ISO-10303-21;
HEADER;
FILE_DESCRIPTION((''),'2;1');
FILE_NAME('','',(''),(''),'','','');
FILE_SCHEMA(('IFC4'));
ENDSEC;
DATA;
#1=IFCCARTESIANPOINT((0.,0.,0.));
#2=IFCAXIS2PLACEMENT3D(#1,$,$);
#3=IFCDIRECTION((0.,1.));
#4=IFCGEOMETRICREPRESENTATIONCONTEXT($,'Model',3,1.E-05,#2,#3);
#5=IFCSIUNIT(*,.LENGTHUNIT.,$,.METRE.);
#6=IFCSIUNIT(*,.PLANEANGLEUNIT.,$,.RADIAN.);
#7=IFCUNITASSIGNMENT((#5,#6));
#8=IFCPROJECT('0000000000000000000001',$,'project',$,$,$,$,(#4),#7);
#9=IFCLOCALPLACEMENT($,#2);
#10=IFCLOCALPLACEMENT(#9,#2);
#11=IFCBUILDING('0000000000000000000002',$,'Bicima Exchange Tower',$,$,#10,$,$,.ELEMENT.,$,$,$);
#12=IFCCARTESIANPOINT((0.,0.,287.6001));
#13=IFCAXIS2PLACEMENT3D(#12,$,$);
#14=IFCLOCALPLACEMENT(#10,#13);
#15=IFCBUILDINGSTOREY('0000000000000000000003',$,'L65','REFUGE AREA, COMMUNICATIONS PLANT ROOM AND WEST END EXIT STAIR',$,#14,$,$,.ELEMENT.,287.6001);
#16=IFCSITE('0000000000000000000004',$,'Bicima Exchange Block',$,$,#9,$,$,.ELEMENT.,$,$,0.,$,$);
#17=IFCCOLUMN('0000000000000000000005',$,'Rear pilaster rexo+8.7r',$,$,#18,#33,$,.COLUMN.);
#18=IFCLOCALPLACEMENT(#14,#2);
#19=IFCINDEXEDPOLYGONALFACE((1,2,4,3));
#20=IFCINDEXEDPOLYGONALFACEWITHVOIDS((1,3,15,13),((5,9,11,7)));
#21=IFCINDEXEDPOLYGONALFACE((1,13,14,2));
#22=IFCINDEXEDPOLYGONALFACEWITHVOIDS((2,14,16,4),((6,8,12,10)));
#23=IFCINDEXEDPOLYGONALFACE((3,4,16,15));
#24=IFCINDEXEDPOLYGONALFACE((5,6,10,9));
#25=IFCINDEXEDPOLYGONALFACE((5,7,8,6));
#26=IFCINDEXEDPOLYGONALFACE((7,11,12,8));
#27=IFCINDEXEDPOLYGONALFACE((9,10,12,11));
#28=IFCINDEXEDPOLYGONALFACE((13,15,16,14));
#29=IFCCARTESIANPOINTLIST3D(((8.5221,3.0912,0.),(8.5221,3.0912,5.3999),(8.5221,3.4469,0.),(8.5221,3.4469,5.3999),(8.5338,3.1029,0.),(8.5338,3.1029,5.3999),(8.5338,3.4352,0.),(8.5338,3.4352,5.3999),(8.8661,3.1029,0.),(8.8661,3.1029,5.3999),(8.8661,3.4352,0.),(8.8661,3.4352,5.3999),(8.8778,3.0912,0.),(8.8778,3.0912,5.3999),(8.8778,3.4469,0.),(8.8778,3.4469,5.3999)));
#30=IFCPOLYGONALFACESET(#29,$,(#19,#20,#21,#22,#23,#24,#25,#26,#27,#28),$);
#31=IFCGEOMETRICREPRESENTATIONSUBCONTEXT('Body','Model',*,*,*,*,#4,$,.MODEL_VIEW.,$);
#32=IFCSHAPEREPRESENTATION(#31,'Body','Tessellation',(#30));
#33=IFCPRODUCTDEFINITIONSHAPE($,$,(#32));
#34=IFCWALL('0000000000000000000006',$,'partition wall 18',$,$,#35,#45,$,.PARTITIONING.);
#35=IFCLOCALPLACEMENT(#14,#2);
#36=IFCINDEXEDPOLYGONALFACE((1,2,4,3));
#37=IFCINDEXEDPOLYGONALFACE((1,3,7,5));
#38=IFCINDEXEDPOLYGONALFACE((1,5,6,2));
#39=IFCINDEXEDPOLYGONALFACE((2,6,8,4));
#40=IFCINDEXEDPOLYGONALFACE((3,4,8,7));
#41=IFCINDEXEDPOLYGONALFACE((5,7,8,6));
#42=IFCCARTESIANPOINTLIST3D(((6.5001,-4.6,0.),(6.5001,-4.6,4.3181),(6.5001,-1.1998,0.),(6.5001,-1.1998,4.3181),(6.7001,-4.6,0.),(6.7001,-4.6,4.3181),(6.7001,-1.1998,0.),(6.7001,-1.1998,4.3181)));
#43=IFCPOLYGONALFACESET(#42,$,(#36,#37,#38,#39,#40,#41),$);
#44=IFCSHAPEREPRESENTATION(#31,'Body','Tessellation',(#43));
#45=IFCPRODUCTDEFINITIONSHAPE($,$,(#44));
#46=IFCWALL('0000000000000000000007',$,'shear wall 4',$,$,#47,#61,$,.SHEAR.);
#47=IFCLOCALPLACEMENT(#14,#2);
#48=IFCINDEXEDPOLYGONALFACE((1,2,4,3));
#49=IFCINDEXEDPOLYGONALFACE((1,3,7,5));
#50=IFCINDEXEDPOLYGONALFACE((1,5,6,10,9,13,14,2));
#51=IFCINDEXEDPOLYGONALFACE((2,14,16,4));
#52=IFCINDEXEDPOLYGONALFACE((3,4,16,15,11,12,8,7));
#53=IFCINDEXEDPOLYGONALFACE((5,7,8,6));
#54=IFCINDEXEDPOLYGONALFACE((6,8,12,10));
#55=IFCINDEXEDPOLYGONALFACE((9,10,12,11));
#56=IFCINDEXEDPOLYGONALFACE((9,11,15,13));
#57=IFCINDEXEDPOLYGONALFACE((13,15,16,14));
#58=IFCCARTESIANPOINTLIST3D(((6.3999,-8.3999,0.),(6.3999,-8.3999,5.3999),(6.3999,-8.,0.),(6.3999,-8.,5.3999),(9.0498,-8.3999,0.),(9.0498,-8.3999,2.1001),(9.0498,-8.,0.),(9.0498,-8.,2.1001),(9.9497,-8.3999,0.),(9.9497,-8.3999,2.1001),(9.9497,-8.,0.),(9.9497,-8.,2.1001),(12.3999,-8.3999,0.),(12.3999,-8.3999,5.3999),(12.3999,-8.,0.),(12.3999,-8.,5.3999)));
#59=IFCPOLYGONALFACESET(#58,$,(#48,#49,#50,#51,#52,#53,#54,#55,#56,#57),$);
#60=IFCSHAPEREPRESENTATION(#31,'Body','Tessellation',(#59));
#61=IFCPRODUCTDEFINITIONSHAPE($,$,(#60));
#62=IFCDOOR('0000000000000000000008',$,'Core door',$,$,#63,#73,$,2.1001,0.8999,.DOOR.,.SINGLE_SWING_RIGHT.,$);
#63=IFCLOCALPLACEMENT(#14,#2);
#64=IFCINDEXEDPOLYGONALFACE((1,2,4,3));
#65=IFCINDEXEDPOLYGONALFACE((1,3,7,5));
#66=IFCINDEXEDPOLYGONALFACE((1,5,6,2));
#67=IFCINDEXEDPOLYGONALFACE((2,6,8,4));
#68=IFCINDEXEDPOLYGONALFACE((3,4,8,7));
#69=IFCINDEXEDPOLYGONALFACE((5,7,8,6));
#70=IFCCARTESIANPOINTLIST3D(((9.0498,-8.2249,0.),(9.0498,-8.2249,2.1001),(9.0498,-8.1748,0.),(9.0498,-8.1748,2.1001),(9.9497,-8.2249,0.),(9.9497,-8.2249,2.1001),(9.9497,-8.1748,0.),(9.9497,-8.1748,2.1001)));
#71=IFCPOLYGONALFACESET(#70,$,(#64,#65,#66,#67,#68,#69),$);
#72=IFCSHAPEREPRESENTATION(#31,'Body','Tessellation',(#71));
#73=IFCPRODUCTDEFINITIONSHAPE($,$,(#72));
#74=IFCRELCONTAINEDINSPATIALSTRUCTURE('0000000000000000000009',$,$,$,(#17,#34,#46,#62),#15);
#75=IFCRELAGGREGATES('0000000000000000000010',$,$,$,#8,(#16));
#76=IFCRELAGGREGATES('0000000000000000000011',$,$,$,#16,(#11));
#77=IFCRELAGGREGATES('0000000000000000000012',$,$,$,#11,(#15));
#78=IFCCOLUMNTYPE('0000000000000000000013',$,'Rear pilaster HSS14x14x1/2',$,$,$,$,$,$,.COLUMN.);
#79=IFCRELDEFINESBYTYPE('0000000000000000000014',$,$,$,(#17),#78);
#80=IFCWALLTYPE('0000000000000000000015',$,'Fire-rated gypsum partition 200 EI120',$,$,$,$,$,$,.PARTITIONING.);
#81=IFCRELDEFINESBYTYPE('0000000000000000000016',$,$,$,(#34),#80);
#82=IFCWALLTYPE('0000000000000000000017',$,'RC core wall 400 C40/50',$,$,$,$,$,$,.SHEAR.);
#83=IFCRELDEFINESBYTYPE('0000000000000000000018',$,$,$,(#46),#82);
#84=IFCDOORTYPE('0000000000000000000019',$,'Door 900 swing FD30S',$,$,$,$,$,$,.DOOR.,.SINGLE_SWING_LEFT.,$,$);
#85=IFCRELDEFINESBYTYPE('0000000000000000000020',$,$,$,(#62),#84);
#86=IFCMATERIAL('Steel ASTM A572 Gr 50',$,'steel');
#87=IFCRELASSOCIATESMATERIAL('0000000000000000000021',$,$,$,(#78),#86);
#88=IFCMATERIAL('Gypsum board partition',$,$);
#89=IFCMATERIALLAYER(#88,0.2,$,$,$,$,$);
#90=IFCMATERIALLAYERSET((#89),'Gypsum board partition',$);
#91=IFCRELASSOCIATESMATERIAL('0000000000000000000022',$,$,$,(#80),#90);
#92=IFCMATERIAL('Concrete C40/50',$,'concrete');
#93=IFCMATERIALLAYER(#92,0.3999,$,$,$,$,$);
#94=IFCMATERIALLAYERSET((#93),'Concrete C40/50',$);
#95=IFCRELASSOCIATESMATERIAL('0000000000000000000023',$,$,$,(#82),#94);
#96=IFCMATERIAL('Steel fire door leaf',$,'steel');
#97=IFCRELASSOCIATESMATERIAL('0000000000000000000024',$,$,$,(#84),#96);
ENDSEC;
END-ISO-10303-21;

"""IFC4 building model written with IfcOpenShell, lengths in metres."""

from ifc_helpers import new_model, si_unit, direction, frame, frame_2d, origin, origin_2d, place, context, subcontext, project, spatial, rectangle, hollow_rectangle, extrude, material, layer, layer_set, material_profile, profile_set, type_object, element, fill, save


model = new_model("IFC4")

# Units and contexts
model_context = context("Model", 3, precision=1e-05, world=origin(), true_north=direction((0.0, 1.0)))
body_context = subcontext(model_context, "Body", "Model", "MODEL_VIEW")
ifc_project = project(units=[si_unit("LENGTHUNIT", "METRE"), si_unit("PLANEANGLEUNIT", "RADIAN")], contexts=[model_context])

# Site, building, storey
site_placement = place(None, origin())
site = spatial("IfcSite", under=ifc_project, at=site_placement, Name="Bicima Exchange Block", CompositionType="ELEMENT", RefElevation=0.0)
building_placement = place(site_placement, origin())
building = spatial("IfcBuilding", under=site, at=building_placement, Name="Bicima Exchange Tower", CompositionType="ELEMENT")
storey_placement = place(building_placement, frame((0.0, 0.0, 287.6001)))
storey = spatial("IfcBuildingStorey", under=building, at=storey_placement, Name="L65", Description="REFUGE AREA, COMMUNICATIONS PLANT ROOM AND WEST END EXIT STAIR", CompositionType="ELEMENT", Elevation=287.6001)

# Column
ifc_material_1 = material(Name="Steel ASTM A572 Gr 50", Category="steel")
ifc_material_profile = material_profile(ifc_material_1, hollow_rectangle(XDim=0.3557, YDim=0.3557, WallThickness=0.0117, at=origin_2d()))
ifc_profile_set = profile_set([ifc_material_profile], Name="Steel ASTM A572 Gr 50")
column_type = type_object("IfcColumnType", Name="Rear pilaster HSS14x14x1/2", PredefinedType="COLUMN", material=ifc_profile_set)
column_placement = place(storey_placement, frame((8.7, 3.269, 0.0), z_axis=(0.0, 0.0, 1.0), x_axis=(1.0, 0.0, 0.0)))
element("IfcColumn", 1, at=column_placement, inside=storey, type_object=column_type, Name="Rear pilaster rexo+8.7r", PredefinedType="COLUMN", context=body_context, shape_type="SweptSolid", body=[
    extrude(hollow_rectangle(XDim=0.3557, YDim=0.3557, WallThickness=0.0117, at=origin_2d()), origin(), (0.0, 0.0, 1.0), 5.3999),
])

# Wall
ifc_material_2 = material(Name="Gypsum board partition")
ifc_layer_1 = layer(ifc_material_2, 0.2)
ifc_layer_set_1 = layer_set([ifc_layer_1], Name="Gypsum board partition")
wall_type_1 = type_object("IfcWallType", Name="Fire-rated gypsum partition 200 EI120", PredefinedType="PARTITIONING", material=ifc_layer_set_1)
wall_1_placement = place(storey_placement, frame((6.6001, -4.6001, 0.0), z_axis=(0.0, 0.0, 1.0), x_axis=(0.0, 1.0, 0.0)))
element("IfcWall", 2, at=wall_1_placement, inside=storey, type_object=wall_type_1, Name="partition wall 18", PredefinedType="PARTITIONING", context=body_context, shape_type="SweptSolid", body=[
    extrude(rectangle(XDim=3.4001, YDim=0.2, at=frame_2d((1.7002, 0.0))), origin(), (0.0, 0.0, 1.0), 4.3181),
])

# Wall, opening, door
ifc_material_3 = material(Name="Concrete C40/50", Category="concrete")
ifc_layer_2 = layer(ifc_material_3, 0.3999)
ifc_layer_set_2 = layer_set([ifc_layer_2], Name="Concrete C40/50")
wall_type_2 = type_object("IfcWallType", Name="RC core wall 400 C40/50", PredefinedType="SHEAR", material=ifc_layer_set_2)
wall_2_placement = place(storey_placement, frame((6.3999, -8.2, 0.0), z_axis=(0.0, 0.0, 1.0), x_axis=(1.0, 0.0, 0.0)))
wall_2 = element("IfcWall", 3, at=wall_2_placement, inside=storey, type_object=wall_type_2, Name="shear wall 4", PredefinedType="SHEAR", context=body_context, shape_type="SweptSolid", body=[
    extrude(rectangle(XDim=6.0, YDim=0.3999, at=frame_2d((3.0, 0.0))), origin(), (0.0, 0.0, 1.0), 5.3999),
])
opening_1_placement = place(wall_2_placement, frame((2.6499, 0.0, 0.0)))
opening_1 = element("IfcOpeningElement", 4, at=opening_1_placement, cuts=wall_2, PredefinedType="OPENING", context=body_context, shape_type="SweptSolid", body=[
    extrude(rectangle(XDim=0.8999, YDim=2.1001, at=frame_2d((0.45, 1.05))), frame((0.0, 0.2119, 0.0), z_axis=(0.0, -1.0, 0.0), x_axis=(1.0, 0.0, 0.0)), (0.0, 0.0, 1.0), 0.4238),
])
ifc_material_4 = material(Name="Steel fire door leaf", Category="steel")
door_type_1 = type_object("IfcDoorType", Name="Door 900 swing FD30S", OperationType="SINGLE_SWING_LEFT", PredefinedType="DOOR", material=ifc_material_4)
door_1_placement = place(opening_1_placement, frame((0.8999, 0.0, 0.0), z_axis=(0.0, 0.0, 1.0), x_axis=(-1.0, 0.0, 0.0)))
door_1 = element("IfcDoor", 5, at=door_1_placement, inside=storey, type_object=door_type_1, Name="Core door", OperationType="SINGLE_SWING_RIGHT", OverallHeight=2.1001, OverallWidth=0.8999, PredefinedType="DOOR", context=body_context, shape_type="SweptSolid", body=[
    extrude(rectangle(XDim=0.8999, YDim=2.1001, at=frame_2d((0.45, 1.05))), frame((0.0, 0.0249, 0.0), z_axis=(0.0, -1.0, 0.0), x_axis=(1.0, 0.0, 0.0)), (0.0, 0.0, 1.0), 0.05),
])
fill(opening_1, door_1)

save(model, "model.ifc")
